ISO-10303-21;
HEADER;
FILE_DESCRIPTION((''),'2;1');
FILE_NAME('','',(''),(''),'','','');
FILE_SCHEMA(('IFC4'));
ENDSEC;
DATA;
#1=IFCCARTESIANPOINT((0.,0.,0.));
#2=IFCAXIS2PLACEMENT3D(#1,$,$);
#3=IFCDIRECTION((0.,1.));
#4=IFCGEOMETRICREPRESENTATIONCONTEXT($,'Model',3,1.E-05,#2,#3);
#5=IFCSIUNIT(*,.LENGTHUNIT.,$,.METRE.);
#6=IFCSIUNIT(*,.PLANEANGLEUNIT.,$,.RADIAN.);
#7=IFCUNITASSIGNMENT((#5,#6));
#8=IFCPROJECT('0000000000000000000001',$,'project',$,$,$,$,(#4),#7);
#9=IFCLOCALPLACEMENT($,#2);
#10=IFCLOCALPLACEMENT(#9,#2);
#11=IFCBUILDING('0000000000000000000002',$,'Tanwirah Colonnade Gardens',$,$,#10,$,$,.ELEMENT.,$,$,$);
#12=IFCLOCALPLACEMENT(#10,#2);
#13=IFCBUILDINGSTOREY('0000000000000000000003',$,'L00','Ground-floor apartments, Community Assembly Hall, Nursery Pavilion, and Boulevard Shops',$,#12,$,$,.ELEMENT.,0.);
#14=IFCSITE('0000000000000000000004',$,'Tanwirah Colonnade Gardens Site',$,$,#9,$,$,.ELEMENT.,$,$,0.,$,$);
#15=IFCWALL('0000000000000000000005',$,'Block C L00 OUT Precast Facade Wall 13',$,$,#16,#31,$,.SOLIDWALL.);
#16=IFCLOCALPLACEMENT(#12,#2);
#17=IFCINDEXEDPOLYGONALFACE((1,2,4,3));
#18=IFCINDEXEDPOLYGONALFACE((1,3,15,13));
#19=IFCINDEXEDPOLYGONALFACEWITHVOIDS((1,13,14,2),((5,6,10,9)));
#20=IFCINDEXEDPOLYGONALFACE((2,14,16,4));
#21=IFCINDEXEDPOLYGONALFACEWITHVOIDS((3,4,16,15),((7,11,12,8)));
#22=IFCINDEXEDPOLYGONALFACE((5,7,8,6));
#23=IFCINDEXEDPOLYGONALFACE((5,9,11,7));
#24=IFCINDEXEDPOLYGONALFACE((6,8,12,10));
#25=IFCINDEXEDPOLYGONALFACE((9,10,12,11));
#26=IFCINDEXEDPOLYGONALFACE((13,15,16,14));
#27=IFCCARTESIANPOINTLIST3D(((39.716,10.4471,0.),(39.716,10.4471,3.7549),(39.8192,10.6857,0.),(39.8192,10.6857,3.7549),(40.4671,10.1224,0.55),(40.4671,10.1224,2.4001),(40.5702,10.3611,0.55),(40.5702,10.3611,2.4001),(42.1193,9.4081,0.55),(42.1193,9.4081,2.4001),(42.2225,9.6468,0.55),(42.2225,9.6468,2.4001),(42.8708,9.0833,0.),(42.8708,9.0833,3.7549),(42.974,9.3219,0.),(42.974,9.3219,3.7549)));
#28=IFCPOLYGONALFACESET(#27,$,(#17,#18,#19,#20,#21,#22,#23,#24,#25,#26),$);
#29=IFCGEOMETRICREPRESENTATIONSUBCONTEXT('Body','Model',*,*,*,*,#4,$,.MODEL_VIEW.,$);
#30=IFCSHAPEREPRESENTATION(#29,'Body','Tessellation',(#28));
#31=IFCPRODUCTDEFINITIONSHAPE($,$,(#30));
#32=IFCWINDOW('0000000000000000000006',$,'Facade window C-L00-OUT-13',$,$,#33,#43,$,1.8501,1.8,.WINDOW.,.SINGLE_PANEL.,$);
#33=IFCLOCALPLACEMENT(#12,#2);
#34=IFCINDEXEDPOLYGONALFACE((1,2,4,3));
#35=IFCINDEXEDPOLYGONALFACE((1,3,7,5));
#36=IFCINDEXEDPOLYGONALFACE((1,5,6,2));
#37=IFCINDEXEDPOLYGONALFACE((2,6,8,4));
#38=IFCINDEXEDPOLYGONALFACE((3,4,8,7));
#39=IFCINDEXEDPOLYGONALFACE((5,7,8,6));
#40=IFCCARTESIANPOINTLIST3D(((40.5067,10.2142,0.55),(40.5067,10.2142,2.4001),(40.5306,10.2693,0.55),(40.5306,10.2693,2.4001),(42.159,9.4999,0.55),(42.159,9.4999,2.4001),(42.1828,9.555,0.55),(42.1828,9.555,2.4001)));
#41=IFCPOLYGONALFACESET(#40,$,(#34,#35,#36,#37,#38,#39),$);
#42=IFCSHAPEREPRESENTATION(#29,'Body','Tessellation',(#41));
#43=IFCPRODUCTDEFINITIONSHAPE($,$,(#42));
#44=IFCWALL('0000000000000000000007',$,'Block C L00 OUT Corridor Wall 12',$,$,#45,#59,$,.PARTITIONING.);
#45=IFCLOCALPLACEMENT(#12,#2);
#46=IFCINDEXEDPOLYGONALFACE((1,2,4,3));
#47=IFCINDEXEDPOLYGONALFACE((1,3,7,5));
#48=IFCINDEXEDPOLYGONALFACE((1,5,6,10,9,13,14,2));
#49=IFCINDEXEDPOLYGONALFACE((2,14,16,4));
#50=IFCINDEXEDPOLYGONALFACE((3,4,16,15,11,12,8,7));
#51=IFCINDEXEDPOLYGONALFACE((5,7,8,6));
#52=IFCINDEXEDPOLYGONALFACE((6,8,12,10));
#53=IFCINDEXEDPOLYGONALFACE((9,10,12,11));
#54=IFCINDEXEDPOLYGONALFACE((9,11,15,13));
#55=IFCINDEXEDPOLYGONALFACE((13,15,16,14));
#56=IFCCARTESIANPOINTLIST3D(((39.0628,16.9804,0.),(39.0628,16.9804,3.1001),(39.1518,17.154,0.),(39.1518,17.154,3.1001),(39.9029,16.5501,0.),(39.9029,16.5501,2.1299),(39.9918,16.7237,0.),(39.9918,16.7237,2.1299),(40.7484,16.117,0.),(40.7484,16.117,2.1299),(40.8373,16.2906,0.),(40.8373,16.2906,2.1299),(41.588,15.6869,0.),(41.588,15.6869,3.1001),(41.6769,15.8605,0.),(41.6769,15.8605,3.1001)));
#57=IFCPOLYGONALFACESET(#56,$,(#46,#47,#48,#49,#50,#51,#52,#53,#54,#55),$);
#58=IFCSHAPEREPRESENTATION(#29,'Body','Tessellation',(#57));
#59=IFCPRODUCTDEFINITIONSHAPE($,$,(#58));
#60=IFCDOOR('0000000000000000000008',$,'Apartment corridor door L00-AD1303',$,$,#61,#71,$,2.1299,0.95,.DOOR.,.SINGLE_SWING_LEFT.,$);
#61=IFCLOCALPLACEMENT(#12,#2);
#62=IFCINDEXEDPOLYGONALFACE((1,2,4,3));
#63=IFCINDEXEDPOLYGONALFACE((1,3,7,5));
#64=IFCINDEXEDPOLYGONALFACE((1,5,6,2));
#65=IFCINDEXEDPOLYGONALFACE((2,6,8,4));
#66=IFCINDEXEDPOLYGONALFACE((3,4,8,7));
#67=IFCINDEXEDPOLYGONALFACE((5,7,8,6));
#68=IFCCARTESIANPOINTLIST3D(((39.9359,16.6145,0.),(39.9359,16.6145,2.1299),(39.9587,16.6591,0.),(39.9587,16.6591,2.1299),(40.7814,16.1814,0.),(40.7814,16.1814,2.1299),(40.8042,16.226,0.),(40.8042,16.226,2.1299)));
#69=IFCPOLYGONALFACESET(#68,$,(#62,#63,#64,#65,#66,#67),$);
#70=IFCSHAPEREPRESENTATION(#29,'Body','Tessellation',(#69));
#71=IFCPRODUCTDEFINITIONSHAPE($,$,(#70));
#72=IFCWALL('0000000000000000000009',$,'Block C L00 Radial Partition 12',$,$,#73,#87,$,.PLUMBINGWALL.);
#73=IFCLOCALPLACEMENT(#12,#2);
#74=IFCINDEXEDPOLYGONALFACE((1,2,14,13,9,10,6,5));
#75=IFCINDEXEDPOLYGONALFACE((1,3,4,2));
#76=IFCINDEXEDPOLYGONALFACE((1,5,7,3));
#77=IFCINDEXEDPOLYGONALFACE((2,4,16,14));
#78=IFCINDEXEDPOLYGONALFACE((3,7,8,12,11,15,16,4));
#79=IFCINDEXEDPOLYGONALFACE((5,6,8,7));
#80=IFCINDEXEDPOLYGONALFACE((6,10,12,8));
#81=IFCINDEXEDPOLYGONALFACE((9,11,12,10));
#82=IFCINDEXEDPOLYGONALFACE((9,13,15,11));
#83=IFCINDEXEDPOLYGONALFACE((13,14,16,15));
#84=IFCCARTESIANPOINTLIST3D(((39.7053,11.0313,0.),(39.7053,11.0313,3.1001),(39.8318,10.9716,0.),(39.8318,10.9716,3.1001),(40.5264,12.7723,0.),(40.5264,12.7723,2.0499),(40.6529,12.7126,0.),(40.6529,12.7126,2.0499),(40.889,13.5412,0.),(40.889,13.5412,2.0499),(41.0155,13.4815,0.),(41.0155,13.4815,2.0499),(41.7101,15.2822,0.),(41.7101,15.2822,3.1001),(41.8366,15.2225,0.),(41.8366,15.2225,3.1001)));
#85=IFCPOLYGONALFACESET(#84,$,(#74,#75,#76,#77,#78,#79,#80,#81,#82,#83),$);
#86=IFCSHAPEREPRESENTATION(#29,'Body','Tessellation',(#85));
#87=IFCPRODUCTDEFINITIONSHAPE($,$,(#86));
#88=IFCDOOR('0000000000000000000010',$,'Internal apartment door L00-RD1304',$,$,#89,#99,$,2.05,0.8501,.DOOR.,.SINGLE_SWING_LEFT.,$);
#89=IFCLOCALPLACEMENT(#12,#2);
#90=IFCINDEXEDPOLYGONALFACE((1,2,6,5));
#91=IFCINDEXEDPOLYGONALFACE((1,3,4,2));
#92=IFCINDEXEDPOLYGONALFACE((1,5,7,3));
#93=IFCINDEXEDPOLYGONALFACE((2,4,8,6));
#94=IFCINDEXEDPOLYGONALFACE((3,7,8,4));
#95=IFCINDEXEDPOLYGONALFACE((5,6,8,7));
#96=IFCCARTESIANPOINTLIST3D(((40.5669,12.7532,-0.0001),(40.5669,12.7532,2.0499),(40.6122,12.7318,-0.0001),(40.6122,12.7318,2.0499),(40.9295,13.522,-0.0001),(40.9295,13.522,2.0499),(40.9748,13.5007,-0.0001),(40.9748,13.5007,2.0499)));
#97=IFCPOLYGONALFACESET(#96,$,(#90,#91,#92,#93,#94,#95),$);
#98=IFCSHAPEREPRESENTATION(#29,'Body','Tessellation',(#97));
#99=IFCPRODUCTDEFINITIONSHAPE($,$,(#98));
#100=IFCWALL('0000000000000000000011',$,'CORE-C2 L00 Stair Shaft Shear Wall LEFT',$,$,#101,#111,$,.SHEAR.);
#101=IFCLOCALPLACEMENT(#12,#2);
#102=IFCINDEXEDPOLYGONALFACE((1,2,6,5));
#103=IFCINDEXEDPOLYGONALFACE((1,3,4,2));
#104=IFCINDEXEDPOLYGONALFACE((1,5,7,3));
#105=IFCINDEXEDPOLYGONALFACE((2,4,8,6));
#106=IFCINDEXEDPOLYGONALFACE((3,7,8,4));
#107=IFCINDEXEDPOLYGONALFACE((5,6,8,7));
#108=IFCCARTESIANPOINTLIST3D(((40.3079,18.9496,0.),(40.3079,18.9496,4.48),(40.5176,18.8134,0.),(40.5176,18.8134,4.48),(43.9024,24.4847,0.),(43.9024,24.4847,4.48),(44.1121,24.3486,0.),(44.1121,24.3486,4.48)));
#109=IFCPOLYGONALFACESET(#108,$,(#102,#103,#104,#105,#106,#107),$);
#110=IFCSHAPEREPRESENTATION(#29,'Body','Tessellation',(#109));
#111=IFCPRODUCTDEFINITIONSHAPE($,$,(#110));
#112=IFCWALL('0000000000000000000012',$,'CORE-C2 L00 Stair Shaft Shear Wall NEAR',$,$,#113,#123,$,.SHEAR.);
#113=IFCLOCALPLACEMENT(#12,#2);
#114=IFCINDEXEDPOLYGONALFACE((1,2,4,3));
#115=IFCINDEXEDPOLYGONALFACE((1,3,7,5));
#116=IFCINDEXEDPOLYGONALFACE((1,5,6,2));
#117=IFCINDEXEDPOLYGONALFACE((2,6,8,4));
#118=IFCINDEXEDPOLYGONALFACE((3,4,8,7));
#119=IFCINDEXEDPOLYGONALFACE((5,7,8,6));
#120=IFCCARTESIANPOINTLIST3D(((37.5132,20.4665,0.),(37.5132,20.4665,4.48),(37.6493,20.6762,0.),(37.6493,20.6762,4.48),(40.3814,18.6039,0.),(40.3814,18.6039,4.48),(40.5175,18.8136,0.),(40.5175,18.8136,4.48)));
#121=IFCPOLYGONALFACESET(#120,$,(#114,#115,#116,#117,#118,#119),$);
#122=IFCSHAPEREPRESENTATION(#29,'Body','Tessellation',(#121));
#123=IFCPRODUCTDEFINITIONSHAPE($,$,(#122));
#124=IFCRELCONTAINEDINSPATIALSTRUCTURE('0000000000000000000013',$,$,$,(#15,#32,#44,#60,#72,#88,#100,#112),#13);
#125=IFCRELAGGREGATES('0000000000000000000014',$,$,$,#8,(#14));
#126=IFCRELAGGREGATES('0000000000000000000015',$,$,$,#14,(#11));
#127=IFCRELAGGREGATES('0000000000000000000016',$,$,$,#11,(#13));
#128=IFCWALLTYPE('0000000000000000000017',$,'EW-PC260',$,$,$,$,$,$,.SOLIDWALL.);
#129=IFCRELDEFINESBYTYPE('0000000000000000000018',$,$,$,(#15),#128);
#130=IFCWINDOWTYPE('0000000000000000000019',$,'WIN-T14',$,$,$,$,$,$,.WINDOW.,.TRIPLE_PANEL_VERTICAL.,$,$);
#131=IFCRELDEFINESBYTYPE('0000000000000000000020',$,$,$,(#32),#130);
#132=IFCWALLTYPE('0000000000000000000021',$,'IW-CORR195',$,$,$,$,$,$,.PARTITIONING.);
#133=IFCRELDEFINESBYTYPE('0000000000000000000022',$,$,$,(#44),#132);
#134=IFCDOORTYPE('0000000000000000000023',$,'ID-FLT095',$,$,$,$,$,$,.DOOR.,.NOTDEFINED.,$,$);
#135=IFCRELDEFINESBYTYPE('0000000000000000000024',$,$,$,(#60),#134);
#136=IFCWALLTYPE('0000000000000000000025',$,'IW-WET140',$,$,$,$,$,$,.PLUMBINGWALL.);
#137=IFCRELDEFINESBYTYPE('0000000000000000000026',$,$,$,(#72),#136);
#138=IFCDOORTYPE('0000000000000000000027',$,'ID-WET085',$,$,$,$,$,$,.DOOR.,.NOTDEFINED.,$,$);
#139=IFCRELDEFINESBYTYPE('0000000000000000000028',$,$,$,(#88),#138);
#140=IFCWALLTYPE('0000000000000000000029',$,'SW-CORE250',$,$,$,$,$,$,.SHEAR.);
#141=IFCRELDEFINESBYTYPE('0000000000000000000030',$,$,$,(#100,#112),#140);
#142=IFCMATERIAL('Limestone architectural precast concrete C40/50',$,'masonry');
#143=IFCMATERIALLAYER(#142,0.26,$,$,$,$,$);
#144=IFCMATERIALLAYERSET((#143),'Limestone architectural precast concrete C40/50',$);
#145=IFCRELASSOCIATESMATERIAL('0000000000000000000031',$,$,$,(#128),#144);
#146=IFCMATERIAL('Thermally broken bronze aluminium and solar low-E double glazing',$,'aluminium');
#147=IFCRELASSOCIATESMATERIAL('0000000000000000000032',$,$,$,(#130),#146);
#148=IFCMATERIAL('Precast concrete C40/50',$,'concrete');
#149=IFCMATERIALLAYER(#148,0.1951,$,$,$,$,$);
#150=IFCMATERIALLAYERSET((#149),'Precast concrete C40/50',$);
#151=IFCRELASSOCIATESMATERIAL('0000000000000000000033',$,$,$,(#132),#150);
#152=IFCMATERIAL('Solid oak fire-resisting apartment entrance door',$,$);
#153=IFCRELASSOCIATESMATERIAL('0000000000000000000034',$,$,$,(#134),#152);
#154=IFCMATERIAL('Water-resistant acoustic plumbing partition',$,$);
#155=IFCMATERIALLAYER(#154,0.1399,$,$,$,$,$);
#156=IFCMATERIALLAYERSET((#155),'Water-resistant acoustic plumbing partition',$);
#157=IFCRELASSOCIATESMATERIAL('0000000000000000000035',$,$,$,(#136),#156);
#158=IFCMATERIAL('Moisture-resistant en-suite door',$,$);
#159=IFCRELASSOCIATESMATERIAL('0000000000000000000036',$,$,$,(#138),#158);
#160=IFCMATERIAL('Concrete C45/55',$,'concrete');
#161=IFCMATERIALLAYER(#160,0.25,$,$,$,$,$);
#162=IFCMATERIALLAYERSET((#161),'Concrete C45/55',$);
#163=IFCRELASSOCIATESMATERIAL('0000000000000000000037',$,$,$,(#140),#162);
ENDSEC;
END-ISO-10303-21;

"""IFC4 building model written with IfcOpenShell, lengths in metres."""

from ifc_helpers import new_model, si_unit, direction, frame, frame_2d, origin, place, context, subcontext, project, spatial, rectangle, extrude, material, layer, layer_set, type_object, element, fill, save


model = new_model("IFC4")

# Units and contexts
model_context = context("Model", 3, precision=1e-05, world=origin(), true_north=direction((0.0, 1.0)))
body_context = subcontext(model_context, "Body", "Model", "MODEL_VIEW")
ifc_project = project(units=[si_unit("LENGTHUNIT", "METRE"), si_unit("PLANEANGLEUNIT", "RADIAN")], contexts=[model_context])

# Site, building, storey
site_placement = place(None, origin())
site = spatial("IfcSite", under=ifc_project, at=site_placement, Name="Tanwirah Colonnade Gardens Site", CompositionType="ELEMENT", RefElevation=0.0)
building_placement = place(site_placement, origin())
building = spatial("IfcBuilding", under=site, at=building_placement, Name="Tanwirah Colonnade Gardens", CompositionType="ELEMENT")
storey_placement = place(building_placement, origin())
storey = spatial("IfcBuildingStorey", under=building, at=storey_placement, Name="L00", Description="Ground-floor apartments, Community Assembly Hall, Nursery Pavilion, and Boulevard Shops", CompositionType="ELEMENT", Elevation=0.0)

# Shared definitions
ifc_material_1 = material(Name="Precast concrete C40/50", Category="concrete")

# Wall, opening, window
ifc_material_2 = material(Name="Limestone architectural precast concrete C40/50", Category="masonry")
ifc_layer_1 = layer(ifc_material_2, 0.26)
ifc_layer_set_1 = layer_set([ifc_layer_1], Name="Limestone architectural precast concrete C40/50")
wall_type_1 = type_object("IfcWallType", Name="EW-PC260", PredefinedType="SOLIDWALL", material=ifc_layer_set_1)
wall_1_placement = place(storey_placement, frame((39.7676, 10.5664, 0.0), z_axis=(0.0, 0.0, 1.0), x_axis=(0.917906, -0.396798, 0.0)))
wall_1 = element("IfcWall", 1, at=wall_1_placement, inside=storey, type_object=wall_type_1, Name="Block C L00 OUT Precast Facade Wall 13", PredefinedType="SOLIDWALL", context=body_context, shape_type="SweptSolid", body=[
    extrude(rectangle(XDim=3.437, YDim=0.26, at=frame_2d((1.7185, 0.0))), origin(), (0.0, 0.0, 1.0), 3.7549),
])
opening_1_placement = place(wall_1_placement, frame((0.8184, 0.0, 0.55)))
opening_1 = element("IfcOpeningElement", 2, at=opening_1_placement, cuts=wall_1, PredefinedType="OPENING", context=body_context, shape_type="SweptSolid", body=[
    extrude(rectangle(XDim=1.8, YDim=1.8501, at=frame_2d((0.8999, 0.925))), frame((0.0, 0.1399, 0.0), z_axis=(0.0, -1.0, 0.0), x_axis=(1.0, 0.0, 0.0)), (0.0, 0.0, 1.0), 0.28),
])
ifc_material_3 = material(Name="Thermally broken bronze aluminium and solar low-E double glazing", Category="aluminium")
window_type = type_object("IfcWindowType", Name="WIN-T14", PartitioningType="TRIPLE_PANEL_VERTICAL", PredefinedType="WINDOW", material=ifc_material_3)
window_placement = place(opening_1_placement, origin())
window = element("IfcWindow", 3, at=window_placement, inside=storey, type_object=window_type, Name="Facade window C-L00-OUT-13", OverallHeight=1.8501, OverallWidth=1.8, PartitioningType="SINGLE_PANEL", PredefinedType="WINDOW", context=body_context, shape_type="SweptSolid", body=[
    extrude(rectangle(XDim=1.8, YDim=1.8501, at=frame_2d((0.8999, 0.925))), frame((0.0, 0.03, 0.0), z_axis=(0.0, -1.0, 0.0), x_axis=(1.0, 0.0, 0.0)), (0.0, 0.0, 1.0), 0.0601),
])
fill(opening_1, window)

# Walls, openings, doors
ifc_layer_2 = layer(ifc_material_1, 0.1951)
ifc_layer_set_2 = layer_set([ifc_layer_2], Name="Precast concrete C40/50")
wall_type_2 = type_object("IfcWallType", Name="IW-CORR195", PredefinedType="PARTITIONING", material=ifc_layer_set_2)
wall_2_placement = place(storey_placement, frame((39.1074, 17.0671, 0.0), z_axis=(0.0, 0.0, 1.0), x_axis=(0.890031, -0.455901, 0.0)))
wall_2 = element("IfcWall", 4, at=wall_2_placement, inside=storey, type_object=wall_type_2, Name="Block C L00 OUT Corridor Wall 12", PredefinedType="PARTITIONING", context=body_context, shape_type="SweptSolid", body=[
    extrude(rectangle(XDim=2.8372, YDim=0.1951, at=frame_2d((1.4185, 0.0))), origin(), (0.0, 0.0, 1.0), 3.1001),
])
opening_2_placement = place(wall_2_placement, frame((0.9436, 0.0, 0.0)))
opening_2 = element("IfcOpeningElement", 5, at=opening_2_placement, cuts=wall_2, PredefinedType="OPENING", context=body_context, shape_type="SweptSolid", body=[
    extrude(rectangle(XDim=0.95, YDim=2.1299, at=frame_2d((0.4751, 1.0649))), frame((0.0, 0.1074, 0.0), z_axis=(0.0, -1.0, 0.0), x_axis=(1.0, 0.0, 0.0)), (0.0, 0.0, 1.0), 0.2151),
])
ifc_material_4 = material(Name="Solid oak fire-resisting apartment entrance door")
door_type_1 = type_object("IfcDoorType", Name="ID-FLT095", OperationType="NOTDEFINED", PredefinedType="DOOR", material=ifc_material_4)
door_1_placement = place(opening_2_placement, origin())
door_1 = element("IfcDoor", 6, at=door_1_placement, inside=storey, type_object=door_type_1, Name="Apartment corridor door L00-AD1303", OperationType="SINGLE_SWING_LEFT", OverallHeight=2.1299, OverallWidth=0.95, PredefinedType="DOOR", context=body_context, shape_type="SweptSolid", body=[
    extrude(rectangle(XDim=0.95, YDim=2.1299, at=frame_2d((0.4751, 1.0649))), frame((0.0, 0.0249, 0.0), z_axis=(0.0, -1.0, 0.0), x_axis=(1.0, 0.0, 0.0)), (0.0, 0.0, 1.0), 0.05),
])
fill(opening_2, door_1)
ifc_material_5 = material(Name="Water-resistant acoustic plumbing partition")
ifc_layer_3 = layer(ifc_material_5, 0.1399)
ifc_layer_set_3 = layer_set([ifc_layer_3], Name="Water-resistant acoustic plumbing partition")
wall_type_3 = type_object("IfcWallType", Name="IW-WET140", PredefinedType="PLUMBINGWALL", material=ifc_layer_set_3)
wall_3_placement = place(storey_placement, frame((41.7734, 15.2524, 0.0), z_axis=(0.0, 0.0, 1.0), x_axis=(-0.426567, -0.904456, 0.0)))
wall_3 = element("IfcWall", 7, at=wall_3_placement, inside=storey, type_object=wall_type_3, Name="Block C L00 Radial Partition 12", PredefinedType="PLUMBINGWALL", context=body_context, shape_type="SweptSolid", body=[
    extrude(rectangle(XDim=4.7, YDim=0.1399, at=frame_2d((2.3501, 0.0))), origin(), (0.0, 0.0, 1.0), 3.1001),
])
opening_3_placement = place(wall_3_placement, frame((1.925, 0.0, 0.0)))
opening_3 = element("IfcOpeningElement", 8, at=opening_3_placement, cuts=wall_3, PredefinedType="OPENING", context=body_context, shape_type="SweptSolid", body=[
    extrude(rectangle(XDim=0.8501, YDim=2.05, at=frame_2d((0.425, 1.0249))), frame((0.0, 0.0798, 0.0), z_axis=(0.0, -1.0, 0.0), x_axis=(1.0, 0.0, 0.0)), (0.0, 0.0, 1.0), 0.1599),
])
ifc_material_6 = material(Name="Moisture-resistant en-suite door")
door_type_2 = type_object("IfcDoorType", Name="ID-WET085", OperationType="NOTDEFINED", PredefinedType="DOOR", material=ifc_material_6)
door_2_placement = place(opening_3_placement, origin())
door_2 = element("IfcDoor", 9, at=door_2_placement, inside=storey, type_object=door_type_2, Name="Internal apartment door L00-RD1304", OperationType="SINGLE_SWING_LEFT", OverallHeight=2.05, OverallWidth=0.8501, PredefinedType="DOOR", context=body_context, shape_type="SweptSolid", body=[
    extrude(rectangle(XDim=0.8501, YDim=2.05, at=frame_2d((0.425, 1.0249))), frame((0.0, 0.0249, 0.0), z_axis=(0.0, -1.0, 0.0), x_axis=(1.0, 0.0, 0.0)), (0.0, 0.0, 1.0), 0.05),
])
fill(opening_3, door_2)

# Walls
ifc_material_7 = material(Name="Concrete C45/55", Category="concrete")
ifc_layer_4 = layer(ifc_material_7, 0.25)
ifc_layer_set_4 = layer_set([ifc_layer_4], Name="Concrete C45/55")
wall_type_4 = type_object("IfcWallType", Name="SW-CORE250", PredefinedType="SHEAR", material=ifc_layer_set_4)
wall_4_placement = place(storey_placement, frame((40.4128, 18.8816, 0.0), z_axis=(0.0, 0.0, 1.0), x_axis=(0.544629, 0.838677, 0.0)))
element("IfcWall", 10, at=wall_4_placement, inside=storey, type_object=wall_type_4, Name="CORE-C2 L00 Stair Shaft Shear Wall LEFT", PredefinedType="SHEAR", context=body_context, shape_type="SweptSolid", body=[
    extrude(rectangle(XDim=6.5999, YDim=0.25, at=frame_2d((3.2998, 0.0))), origin(), (0.0, 0.0, 1.0), 4.48),
])
wall_5_placement = place(storey_placement, frame((40.4495, 18.7087, 0.0), z_axis=(0.0, 0.0, 1.0), x_axis=(-0.838678, 0.544627, 0.0)))
element("IfcWall", 11, at=wall_5_placement, inside=storey, type_object=wall_type_4, Name="CORE-C2 L00 Stair Shaft Shear Wall NEAR", PredefinedType="SHEAR", context=body_context, shape_type="SweptSolid", body=[
    extrude(rectangle(XDim=3.4199, YDim=0.25, at=frame_2d((1.71, 0.0))), origin(), (0.0, 0.0, 1.0), 4.48),
])

save(model, "model.ifc")
